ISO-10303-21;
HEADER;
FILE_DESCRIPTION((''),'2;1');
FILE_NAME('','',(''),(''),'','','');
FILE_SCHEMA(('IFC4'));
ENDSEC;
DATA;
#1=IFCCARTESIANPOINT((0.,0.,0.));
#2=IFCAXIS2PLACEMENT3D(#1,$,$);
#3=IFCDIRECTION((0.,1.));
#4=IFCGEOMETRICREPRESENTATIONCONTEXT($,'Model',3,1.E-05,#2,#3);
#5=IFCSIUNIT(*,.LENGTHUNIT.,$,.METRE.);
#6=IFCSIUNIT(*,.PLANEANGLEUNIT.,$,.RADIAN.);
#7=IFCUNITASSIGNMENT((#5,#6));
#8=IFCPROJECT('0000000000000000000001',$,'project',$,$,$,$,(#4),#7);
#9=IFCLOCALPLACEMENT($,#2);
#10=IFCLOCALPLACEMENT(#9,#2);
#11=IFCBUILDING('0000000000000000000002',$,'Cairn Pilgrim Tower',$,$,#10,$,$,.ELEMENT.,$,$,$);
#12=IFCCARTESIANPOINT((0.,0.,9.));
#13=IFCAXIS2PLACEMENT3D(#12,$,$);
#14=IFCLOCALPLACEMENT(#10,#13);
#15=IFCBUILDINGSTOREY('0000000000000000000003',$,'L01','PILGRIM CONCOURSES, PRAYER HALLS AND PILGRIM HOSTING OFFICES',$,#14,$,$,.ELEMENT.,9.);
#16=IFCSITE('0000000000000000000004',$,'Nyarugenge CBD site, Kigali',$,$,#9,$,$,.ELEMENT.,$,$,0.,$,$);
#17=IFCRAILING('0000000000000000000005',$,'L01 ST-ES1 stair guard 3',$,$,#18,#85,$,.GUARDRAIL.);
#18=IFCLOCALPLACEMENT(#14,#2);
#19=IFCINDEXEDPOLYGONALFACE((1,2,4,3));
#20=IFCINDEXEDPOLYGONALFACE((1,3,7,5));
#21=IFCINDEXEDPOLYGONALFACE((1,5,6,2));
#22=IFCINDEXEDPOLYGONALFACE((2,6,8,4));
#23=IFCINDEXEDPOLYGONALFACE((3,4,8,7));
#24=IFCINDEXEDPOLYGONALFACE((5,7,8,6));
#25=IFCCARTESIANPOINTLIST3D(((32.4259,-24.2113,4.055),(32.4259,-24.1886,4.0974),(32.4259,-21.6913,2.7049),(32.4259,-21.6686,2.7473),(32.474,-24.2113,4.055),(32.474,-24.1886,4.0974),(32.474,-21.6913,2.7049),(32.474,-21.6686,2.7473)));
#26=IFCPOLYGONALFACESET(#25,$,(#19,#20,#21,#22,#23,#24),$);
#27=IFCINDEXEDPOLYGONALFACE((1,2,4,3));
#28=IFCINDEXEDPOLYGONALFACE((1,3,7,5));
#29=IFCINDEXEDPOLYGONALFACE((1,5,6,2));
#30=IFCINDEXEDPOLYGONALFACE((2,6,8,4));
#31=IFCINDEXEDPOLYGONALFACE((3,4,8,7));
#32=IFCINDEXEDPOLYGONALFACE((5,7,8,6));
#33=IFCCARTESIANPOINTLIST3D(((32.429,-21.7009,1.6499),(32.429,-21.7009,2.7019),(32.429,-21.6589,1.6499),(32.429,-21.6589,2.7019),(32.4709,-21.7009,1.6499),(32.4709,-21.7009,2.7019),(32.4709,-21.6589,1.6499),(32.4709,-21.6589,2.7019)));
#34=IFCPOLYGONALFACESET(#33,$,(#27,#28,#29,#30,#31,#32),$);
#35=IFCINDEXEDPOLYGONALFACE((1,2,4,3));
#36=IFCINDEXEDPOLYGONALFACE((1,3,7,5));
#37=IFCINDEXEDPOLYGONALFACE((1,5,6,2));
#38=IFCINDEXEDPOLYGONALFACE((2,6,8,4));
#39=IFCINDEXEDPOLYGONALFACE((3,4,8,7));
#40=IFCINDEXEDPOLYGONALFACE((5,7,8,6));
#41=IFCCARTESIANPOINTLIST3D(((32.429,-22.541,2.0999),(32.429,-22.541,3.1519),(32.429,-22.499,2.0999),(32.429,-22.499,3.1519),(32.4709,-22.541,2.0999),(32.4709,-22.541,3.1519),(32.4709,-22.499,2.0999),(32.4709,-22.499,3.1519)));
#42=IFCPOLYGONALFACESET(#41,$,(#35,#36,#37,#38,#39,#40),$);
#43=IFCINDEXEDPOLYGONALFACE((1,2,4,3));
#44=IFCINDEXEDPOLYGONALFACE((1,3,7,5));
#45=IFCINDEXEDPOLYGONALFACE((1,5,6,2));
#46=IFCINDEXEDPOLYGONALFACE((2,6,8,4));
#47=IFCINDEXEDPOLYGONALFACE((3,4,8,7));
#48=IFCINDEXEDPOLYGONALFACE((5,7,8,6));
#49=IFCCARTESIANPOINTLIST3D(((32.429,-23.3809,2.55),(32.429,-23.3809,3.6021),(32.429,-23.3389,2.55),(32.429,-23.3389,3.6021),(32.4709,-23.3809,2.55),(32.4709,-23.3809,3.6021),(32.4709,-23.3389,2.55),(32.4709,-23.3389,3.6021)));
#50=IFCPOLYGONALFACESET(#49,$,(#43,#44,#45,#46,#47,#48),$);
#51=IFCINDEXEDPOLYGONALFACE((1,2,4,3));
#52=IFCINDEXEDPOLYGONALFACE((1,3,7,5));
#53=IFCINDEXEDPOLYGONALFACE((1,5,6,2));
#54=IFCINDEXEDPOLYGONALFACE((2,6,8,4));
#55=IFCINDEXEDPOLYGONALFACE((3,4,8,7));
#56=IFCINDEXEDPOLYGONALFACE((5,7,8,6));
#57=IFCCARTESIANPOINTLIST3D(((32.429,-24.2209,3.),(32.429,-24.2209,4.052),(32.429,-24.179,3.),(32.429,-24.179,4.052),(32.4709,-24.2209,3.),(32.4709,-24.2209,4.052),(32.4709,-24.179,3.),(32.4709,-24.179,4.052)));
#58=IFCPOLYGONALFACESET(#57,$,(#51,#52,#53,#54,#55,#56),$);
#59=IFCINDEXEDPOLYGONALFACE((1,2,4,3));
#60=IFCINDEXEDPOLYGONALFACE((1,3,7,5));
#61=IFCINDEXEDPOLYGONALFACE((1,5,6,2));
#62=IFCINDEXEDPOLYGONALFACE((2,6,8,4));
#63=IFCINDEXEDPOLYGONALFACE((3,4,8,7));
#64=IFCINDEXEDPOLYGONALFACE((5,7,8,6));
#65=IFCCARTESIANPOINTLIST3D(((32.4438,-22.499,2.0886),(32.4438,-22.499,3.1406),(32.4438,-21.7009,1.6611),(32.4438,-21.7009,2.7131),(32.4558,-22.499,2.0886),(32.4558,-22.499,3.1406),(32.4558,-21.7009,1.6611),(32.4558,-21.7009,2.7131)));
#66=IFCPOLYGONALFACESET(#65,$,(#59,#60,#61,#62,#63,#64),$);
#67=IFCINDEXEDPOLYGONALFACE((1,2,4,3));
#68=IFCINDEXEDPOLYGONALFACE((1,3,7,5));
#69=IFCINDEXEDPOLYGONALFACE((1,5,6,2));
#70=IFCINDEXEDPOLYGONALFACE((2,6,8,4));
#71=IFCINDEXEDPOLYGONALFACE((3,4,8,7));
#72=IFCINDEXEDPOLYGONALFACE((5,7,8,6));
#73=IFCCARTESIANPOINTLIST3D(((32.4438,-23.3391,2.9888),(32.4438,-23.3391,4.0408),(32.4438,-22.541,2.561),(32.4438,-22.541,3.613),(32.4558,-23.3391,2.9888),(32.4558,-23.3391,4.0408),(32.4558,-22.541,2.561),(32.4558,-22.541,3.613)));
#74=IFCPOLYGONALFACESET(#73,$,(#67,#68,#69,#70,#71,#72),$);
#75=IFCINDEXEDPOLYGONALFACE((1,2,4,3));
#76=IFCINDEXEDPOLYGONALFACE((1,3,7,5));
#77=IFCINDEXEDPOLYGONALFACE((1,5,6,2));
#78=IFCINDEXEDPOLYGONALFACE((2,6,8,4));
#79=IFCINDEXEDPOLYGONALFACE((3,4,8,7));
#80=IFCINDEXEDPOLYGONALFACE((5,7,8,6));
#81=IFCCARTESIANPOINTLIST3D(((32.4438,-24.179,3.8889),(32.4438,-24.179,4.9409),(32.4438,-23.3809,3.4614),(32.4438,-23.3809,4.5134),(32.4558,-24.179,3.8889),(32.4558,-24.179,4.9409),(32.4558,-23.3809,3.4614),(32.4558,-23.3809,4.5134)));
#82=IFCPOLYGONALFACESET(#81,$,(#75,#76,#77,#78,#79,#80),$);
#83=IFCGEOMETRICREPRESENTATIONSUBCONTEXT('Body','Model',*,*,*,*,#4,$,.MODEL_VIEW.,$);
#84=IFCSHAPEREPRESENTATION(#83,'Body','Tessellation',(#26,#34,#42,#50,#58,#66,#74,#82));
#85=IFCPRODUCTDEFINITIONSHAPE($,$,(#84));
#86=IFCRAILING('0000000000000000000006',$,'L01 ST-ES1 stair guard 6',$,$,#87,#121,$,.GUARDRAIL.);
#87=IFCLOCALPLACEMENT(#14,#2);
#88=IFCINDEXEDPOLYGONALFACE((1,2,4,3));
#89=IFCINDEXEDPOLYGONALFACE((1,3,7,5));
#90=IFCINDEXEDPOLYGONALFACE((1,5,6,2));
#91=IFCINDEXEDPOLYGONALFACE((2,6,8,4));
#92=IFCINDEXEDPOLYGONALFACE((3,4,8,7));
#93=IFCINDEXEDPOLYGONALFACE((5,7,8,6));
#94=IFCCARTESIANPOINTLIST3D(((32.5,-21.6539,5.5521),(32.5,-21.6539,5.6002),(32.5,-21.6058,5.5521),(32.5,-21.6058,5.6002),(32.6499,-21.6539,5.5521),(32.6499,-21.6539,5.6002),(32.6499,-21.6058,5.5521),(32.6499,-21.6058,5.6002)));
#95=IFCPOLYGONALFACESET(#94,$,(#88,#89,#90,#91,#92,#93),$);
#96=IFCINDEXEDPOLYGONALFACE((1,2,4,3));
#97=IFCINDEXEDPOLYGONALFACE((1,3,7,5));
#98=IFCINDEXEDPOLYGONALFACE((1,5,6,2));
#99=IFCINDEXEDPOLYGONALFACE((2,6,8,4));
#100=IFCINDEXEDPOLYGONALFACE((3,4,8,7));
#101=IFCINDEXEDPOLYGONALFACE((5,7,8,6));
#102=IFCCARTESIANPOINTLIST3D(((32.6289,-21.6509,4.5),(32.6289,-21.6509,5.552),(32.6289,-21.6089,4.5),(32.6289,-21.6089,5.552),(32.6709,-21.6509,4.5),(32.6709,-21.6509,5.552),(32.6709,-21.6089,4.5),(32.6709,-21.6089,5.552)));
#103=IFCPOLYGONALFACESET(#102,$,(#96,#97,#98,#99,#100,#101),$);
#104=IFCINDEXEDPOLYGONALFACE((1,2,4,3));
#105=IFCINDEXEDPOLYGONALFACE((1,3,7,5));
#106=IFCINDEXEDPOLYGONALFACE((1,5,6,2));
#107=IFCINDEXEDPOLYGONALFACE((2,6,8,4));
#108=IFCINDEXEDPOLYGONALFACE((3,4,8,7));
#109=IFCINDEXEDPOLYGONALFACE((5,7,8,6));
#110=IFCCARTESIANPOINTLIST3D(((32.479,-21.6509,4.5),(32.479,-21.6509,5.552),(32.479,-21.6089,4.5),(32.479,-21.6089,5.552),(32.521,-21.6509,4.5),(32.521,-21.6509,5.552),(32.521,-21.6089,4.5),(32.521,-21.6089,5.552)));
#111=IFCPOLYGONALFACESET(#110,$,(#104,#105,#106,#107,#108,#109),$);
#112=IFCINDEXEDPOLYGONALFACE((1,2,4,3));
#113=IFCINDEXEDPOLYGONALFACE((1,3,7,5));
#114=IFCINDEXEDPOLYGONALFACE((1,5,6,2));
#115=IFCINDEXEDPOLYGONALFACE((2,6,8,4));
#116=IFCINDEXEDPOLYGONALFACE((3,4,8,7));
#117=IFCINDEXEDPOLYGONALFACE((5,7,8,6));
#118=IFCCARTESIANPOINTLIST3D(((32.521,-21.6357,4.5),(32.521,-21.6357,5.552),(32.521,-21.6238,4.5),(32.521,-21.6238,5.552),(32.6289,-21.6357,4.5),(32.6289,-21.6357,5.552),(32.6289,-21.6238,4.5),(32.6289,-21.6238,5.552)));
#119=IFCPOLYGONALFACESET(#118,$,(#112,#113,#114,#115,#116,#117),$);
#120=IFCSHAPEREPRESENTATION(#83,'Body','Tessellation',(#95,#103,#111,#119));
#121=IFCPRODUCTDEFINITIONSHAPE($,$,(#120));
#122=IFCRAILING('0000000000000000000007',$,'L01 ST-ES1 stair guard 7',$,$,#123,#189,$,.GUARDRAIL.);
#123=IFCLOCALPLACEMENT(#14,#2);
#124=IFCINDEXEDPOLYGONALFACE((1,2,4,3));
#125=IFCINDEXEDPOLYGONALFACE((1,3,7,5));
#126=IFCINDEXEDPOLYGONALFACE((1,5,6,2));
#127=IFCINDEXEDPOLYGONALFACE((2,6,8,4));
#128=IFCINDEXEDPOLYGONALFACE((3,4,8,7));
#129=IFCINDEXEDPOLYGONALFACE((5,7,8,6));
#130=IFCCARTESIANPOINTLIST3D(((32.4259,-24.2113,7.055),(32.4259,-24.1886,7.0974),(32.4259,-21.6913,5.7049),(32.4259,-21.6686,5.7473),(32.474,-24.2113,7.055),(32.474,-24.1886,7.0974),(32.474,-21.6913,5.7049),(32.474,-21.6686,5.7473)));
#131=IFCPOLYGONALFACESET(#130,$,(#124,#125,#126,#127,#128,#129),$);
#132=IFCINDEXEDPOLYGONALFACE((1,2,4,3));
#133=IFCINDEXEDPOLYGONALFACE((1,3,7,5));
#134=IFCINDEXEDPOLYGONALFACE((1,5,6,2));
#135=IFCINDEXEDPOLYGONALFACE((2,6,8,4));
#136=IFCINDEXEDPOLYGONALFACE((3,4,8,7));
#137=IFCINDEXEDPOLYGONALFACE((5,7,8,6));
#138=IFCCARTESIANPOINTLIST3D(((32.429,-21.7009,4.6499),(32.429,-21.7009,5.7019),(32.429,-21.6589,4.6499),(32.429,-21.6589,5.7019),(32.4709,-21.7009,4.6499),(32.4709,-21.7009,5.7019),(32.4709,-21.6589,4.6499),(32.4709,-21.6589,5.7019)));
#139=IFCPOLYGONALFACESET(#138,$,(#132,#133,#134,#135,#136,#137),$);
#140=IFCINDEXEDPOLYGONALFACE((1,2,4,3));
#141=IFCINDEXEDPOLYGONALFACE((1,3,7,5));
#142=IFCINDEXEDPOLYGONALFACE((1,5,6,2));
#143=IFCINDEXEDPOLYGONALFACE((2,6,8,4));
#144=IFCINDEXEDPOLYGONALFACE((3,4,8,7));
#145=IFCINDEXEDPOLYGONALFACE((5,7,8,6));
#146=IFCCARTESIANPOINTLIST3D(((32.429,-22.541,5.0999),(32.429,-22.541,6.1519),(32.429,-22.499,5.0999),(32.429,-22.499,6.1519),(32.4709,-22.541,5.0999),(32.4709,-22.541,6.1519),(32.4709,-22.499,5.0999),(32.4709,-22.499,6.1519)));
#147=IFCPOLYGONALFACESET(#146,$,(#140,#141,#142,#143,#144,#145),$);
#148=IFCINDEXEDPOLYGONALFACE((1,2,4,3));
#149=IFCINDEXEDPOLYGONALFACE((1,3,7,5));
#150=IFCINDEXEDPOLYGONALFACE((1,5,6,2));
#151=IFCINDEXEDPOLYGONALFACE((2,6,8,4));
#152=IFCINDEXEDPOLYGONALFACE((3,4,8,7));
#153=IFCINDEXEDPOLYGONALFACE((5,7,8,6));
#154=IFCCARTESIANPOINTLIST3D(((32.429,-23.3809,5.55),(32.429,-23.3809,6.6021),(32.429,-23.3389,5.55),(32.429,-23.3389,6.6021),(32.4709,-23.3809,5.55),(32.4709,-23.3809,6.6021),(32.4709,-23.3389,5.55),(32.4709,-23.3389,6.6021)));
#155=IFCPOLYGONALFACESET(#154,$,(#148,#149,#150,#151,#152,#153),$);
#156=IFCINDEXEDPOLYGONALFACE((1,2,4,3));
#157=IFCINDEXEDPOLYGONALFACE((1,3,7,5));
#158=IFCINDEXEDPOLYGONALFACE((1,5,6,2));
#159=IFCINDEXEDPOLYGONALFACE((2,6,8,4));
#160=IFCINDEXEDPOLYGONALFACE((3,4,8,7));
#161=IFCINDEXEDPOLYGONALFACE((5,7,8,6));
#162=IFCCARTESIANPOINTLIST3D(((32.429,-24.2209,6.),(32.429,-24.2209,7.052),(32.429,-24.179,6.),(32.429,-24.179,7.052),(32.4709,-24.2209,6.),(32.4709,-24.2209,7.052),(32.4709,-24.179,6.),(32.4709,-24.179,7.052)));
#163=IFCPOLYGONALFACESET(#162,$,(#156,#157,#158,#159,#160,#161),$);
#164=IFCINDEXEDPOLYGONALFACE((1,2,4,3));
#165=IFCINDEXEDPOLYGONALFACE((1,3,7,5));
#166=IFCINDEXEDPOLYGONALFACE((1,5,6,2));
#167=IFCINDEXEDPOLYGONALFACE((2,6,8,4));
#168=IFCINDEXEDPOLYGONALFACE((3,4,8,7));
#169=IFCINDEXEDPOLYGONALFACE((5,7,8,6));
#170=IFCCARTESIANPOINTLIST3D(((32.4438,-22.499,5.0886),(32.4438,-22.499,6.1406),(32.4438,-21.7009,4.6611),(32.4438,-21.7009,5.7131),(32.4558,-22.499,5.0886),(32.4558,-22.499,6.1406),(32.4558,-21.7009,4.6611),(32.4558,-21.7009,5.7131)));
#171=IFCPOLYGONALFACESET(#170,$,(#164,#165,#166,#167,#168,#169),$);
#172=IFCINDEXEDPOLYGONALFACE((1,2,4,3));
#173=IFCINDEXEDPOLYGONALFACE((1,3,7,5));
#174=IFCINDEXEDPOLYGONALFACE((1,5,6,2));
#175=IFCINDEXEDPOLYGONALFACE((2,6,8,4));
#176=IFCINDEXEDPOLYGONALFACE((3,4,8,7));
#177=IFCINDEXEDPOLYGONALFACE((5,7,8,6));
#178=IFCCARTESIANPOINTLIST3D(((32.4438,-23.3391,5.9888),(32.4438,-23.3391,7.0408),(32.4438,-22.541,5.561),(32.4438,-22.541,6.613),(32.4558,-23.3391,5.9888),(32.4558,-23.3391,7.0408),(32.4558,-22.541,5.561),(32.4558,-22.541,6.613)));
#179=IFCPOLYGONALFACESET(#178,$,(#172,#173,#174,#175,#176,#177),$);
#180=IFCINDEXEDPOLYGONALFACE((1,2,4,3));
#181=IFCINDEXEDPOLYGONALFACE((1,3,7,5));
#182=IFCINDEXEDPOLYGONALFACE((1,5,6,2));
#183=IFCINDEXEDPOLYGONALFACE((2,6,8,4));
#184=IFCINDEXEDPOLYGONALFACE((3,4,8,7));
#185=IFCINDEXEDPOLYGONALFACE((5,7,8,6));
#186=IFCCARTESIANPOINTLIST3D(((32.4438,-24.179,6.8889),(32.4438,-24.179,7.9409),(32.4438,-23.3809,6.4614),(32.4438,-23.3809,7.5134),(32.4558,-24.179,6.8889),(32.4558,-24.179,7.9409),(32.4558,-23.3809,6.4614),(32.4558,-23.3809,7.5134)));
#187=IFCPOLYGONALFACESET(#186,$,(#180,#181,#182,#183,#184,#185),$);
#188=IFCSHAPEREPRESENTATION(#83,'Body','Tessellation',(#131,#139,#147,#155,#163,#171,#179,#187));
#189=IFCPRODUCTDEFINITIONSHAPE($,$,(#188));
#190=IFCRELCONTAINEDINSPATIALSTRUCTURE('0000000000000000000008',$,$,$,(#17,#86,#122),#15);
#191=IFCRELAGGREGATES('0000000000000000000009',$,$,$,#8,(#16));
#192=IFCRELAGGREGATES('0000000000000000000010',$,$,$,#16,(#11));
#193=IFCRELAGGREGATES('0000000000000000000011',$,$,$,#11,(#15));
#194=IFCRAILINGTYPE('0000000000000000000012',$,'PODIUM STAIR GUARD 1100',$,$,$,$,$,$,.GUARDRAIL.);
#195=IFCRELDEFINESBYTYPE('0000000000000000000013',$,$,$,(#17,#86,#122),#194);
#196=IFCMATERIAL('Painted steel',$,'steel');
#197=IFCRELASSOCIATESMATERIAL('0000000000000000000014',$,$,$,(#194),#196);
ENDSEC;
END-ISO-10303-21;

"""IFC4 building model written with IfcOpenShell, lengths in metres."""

from ifc_helpers import new_model, si_unit, direction, frame, origin, origin_2d, place, context, subcontext, project, spatial, polyline, rectangle, outline, extrude, material, type_object, element, save


model = new_model("IFC4")

# Units and contexts
model_context = context("Model", 3, precision=1e-05, world=origin(), true_north=direction((0.0, 1.0)))
body_context = subcontext(model_context, "Body", "Model", "MODEL_VIEW")
ifc_project = project(units=[si_unit("LENGTHUNIT", "METRE"), si_unit("PLANEANGLEUNIT", "RADIAN")], contexts=[model_context])

# Site, building, storey
site_placement = place(None, origin())
site = spatial("IfcSite", under=ifc_project, at=site_placement, Name="Nyarugenge CBD site, Kigali", CompositionType="ELEMENT", RefElevation=0.0)
building_placement = place(site_placement, origin())
building = spatial("IfcBuilding", under=site, at=building_placement, Name="Cairn Pilgrim Tower", CompositionType="ELEMENT")
storey_placement = place(building_placement, frame((0.0, 0.0, 9.0)))
storey = spatial("IfcBuildingStorey", under=building, at=storey_placement, Name="L01", Description="PILGRIM CONCOURSES, PRAYER HALLS AND PILGRIM HOSTING OFFICES", CompositionType="ELEMENT", Elevation=9.0)

# Railings
ifc_material_1 = material(Name="Painted steel", Category="steel")
railing_type_1 = type_object("IfcRailingType", Name="PODIUM STAIR GUARD 1100", PredefinedType="GUARDRAIL", material=ifc_material_1)
railing_1_placement = place(storey_placement, frame((32.45, -21.6799, 1.6499)))
element("IfcRailing", 1, at=railing_1_placement, inside=storey, type_object=railing_type_1, Name="L01 ST-ES1 stair guard 3", PredefinedType="GUARDRAIL", context=body_context, shape_type="SweptSolid", body=[
    extrude(rectangle(XDim=0.0481, YDim=0.0481, at=origin_2d()), frame((0.0, 0.0, 1.0762), z_axis=(0.0, -0.881467, 0.472245), x_axis=(1.0, 0.0, 0.0)), (0.0, 0.0, 1.0), 2.8589),
    extrude(rectangle(XDim=0.042, YDim=0.042, at=origin_2d()), origin(), (0.0, 0.0, 1.0), 1.052),
    extrude(rectangle(XDim=0.042, YDim=0.042, at=origin_2d()), frame((0.0, -0.8401, 0.45)), (0.0, 0.0, 1.0), 1.052),
    extrude(rectangle(XDim=0.042, YDim=0.042, at=origin_2d()), frame((0.0, -1.6799, 0.9001)), (0.0, 0.0, 1.0), 1.052),
    extrude(rectangle(XDim=0.042, YDim=0.042, at=origin_2d()), frame((0.0, -2.52, 1.3501)), (0.0, 0.0, 1.0), 1.052),
    extrude(outline(polyline([(0.021, 0.0112), (0.8191, 0.4387), (0.8191, 1.4907), (0.021, 1.0632), (0.021, 0.0112)])), frame((0.0059, 0.0, 0.0), z_axis=(-1.0, 0.0, 0.0), x_axis=(0.0, -1.0, 0.0)), (0.0, 0.0, 1.0), 0.012),
    extrude(outline(polyline([(0.021, 0.4612), (0.8191, 0.8889), (0.8191, 1.9409), (0.021, 1.5132), (0.021, 0.4612)])), frame((0.0059, -0.8401, 0.45), z_axis=(-1.0, 0.0, 0.0), x_axis=(0.0, -1.0, 0.0)), (0.0, 0.0, 1.0), 0.012),
    extrude(outline(polyline([(0.021, 0.9114), (0.8191, 1.3389), (0.8191, 2.3909), (0.021, 1.9634), (0.021, 0.9114)])), frame((0.0059, -1.6799, 0.9001), z_axis=(-1.0, 0.0, 0.0), x_axis=(0.0, -1.0, 0.0)), (0.0, 0.0, 1.0), 0.012),
])
railing_2_placement = place(storey_placement, frame((32.6499, -21.6299, 4.5)))
element("IfcRailing", 2, at=railing_2_placement, inside=storey, type_object=railing_type_1, Name="L01 ST-ES1 stair guard 6", PredefinedType="GUARDRAIL", context=body_context, shape_type="SweptSolid", body=[
    extrude(rectangle(XDim=0.0481, YDim=0.0481, at=origin_2d()), frame((0.0, 0.0, 1.0762), z_axis=(-1.0, 0.0, 0.0), x_axis=(0.0, -1.0, 0.0)), (0.0, 0.0, 1.0), 0.1499),
    extrude(rectangle(XDim=0.042, YDim=0.042, at=origin_2d()), origin(), (0.0, 0.0, 1.0), 1.052),
    extrude(rectangle(XDim=0.042, YDim=0.042, at=origin_2d()), frame((-0.1499, 0.0, 0.0)), (0.0, 0.0, 1.0), 1.052),
    extrude(outline(polyline([(0.021, 0.0), (0.1289, 0.0), (0.1289, 1.052), (0.021, 1.052), (0.021, 0.0)])), frame((0.0, -0.0059, 0.0), z_axis=(0.0, 1.0, 0.0), x_axis=(-1.0, 0.0, 0.0)), (0.0, 0.0, 1.0), 0.012),
])
railing_3_placement = place(storey_placement, frame((32.45, -21.6799, 4.6499)))
element("IfcRailing", 3, at=railing_3_placement, inside=storey, type_object=railing_type_1, Name="L01 ST-ES1 stair guard 7", PredefinedType="GUARDRAIL", context=body_context, shape_type="SweptSolid", body=[
    extrude(rectangle(XDim=0.0481, YDim=0.0481, at=origin_2d()), frame((0.0, 0.0, 1.0762), z_axis=(0.0, -0.881467, 0.472245), x_axis=(1.0, 0.0, 0.0)), (0.0, 0.0, 1.0), 2.8589),
    extrude(rectangle(XDim=0.042, YDim=0.042, at=origin_2d()), origin(), (0.0, 0.0, 1.0), 1.052),
    extrude(rectangle(XDim=0.042, YDim=0.042, at=origin_2d()), frame((0.0, -0.8401, 0.45)), (0.0, 0.0, 1.0), 1.052),
    extrude(rectangle(XDim=0.042, YDim=0.042, at=origin_2d()), frame((0.0, -1.6799, 0.9001)), (0.0, 0.0, 1.0), 1.052),
    extrude(rectangle(XDim=0.042, YDim=0.042, at=origin_2d()), frame((0.0, -2.52, 1.3501)), (0.0, 0.0, 1.0), 1.052),
    extrude(outline(polyline([(0.021, 0.0112), (0.8191, 0.4387), (0.8191, 1.4907), (0.021, 1.0632), (0.021, 0.0112)])), frame((0.0059, 0.0, 0.0), z_axis=(-1.0, 0.0, 0.0), x_axis=(0.0, -1.0, 0.0)), (0.0, 0.0, 1.0), 0.012),
    extrude(outline(polyline([(0.021, 0.4612), (0.8191, 0.8889), (0.8191, 1.9409), (0.021, 1.5132), (0.021, 0.4612)])), frame((0.0059, -0.8401, 0.45), z_axis=(-1.0, 0.0, 0.0), x_axis=(0.0, -1.0, 0.0)), (0.0, 0.0, 1.0), 0.012),
    extrude(outline(polyline([(0.021, 0.9114), (0.8191, 1.3389), (0.8191, 2.3909), (0.021, 1.9634), (0.021, 0.9114)])), frame((0.0059, -1.6799, 0.9001), z_axis=(-1.0, 0.0, 0.0), x_axis=(0.0, -1.0, 0.0)), (0.0, 0.0, 1.0), 0.012),
])

save(model, "model.ifc")
